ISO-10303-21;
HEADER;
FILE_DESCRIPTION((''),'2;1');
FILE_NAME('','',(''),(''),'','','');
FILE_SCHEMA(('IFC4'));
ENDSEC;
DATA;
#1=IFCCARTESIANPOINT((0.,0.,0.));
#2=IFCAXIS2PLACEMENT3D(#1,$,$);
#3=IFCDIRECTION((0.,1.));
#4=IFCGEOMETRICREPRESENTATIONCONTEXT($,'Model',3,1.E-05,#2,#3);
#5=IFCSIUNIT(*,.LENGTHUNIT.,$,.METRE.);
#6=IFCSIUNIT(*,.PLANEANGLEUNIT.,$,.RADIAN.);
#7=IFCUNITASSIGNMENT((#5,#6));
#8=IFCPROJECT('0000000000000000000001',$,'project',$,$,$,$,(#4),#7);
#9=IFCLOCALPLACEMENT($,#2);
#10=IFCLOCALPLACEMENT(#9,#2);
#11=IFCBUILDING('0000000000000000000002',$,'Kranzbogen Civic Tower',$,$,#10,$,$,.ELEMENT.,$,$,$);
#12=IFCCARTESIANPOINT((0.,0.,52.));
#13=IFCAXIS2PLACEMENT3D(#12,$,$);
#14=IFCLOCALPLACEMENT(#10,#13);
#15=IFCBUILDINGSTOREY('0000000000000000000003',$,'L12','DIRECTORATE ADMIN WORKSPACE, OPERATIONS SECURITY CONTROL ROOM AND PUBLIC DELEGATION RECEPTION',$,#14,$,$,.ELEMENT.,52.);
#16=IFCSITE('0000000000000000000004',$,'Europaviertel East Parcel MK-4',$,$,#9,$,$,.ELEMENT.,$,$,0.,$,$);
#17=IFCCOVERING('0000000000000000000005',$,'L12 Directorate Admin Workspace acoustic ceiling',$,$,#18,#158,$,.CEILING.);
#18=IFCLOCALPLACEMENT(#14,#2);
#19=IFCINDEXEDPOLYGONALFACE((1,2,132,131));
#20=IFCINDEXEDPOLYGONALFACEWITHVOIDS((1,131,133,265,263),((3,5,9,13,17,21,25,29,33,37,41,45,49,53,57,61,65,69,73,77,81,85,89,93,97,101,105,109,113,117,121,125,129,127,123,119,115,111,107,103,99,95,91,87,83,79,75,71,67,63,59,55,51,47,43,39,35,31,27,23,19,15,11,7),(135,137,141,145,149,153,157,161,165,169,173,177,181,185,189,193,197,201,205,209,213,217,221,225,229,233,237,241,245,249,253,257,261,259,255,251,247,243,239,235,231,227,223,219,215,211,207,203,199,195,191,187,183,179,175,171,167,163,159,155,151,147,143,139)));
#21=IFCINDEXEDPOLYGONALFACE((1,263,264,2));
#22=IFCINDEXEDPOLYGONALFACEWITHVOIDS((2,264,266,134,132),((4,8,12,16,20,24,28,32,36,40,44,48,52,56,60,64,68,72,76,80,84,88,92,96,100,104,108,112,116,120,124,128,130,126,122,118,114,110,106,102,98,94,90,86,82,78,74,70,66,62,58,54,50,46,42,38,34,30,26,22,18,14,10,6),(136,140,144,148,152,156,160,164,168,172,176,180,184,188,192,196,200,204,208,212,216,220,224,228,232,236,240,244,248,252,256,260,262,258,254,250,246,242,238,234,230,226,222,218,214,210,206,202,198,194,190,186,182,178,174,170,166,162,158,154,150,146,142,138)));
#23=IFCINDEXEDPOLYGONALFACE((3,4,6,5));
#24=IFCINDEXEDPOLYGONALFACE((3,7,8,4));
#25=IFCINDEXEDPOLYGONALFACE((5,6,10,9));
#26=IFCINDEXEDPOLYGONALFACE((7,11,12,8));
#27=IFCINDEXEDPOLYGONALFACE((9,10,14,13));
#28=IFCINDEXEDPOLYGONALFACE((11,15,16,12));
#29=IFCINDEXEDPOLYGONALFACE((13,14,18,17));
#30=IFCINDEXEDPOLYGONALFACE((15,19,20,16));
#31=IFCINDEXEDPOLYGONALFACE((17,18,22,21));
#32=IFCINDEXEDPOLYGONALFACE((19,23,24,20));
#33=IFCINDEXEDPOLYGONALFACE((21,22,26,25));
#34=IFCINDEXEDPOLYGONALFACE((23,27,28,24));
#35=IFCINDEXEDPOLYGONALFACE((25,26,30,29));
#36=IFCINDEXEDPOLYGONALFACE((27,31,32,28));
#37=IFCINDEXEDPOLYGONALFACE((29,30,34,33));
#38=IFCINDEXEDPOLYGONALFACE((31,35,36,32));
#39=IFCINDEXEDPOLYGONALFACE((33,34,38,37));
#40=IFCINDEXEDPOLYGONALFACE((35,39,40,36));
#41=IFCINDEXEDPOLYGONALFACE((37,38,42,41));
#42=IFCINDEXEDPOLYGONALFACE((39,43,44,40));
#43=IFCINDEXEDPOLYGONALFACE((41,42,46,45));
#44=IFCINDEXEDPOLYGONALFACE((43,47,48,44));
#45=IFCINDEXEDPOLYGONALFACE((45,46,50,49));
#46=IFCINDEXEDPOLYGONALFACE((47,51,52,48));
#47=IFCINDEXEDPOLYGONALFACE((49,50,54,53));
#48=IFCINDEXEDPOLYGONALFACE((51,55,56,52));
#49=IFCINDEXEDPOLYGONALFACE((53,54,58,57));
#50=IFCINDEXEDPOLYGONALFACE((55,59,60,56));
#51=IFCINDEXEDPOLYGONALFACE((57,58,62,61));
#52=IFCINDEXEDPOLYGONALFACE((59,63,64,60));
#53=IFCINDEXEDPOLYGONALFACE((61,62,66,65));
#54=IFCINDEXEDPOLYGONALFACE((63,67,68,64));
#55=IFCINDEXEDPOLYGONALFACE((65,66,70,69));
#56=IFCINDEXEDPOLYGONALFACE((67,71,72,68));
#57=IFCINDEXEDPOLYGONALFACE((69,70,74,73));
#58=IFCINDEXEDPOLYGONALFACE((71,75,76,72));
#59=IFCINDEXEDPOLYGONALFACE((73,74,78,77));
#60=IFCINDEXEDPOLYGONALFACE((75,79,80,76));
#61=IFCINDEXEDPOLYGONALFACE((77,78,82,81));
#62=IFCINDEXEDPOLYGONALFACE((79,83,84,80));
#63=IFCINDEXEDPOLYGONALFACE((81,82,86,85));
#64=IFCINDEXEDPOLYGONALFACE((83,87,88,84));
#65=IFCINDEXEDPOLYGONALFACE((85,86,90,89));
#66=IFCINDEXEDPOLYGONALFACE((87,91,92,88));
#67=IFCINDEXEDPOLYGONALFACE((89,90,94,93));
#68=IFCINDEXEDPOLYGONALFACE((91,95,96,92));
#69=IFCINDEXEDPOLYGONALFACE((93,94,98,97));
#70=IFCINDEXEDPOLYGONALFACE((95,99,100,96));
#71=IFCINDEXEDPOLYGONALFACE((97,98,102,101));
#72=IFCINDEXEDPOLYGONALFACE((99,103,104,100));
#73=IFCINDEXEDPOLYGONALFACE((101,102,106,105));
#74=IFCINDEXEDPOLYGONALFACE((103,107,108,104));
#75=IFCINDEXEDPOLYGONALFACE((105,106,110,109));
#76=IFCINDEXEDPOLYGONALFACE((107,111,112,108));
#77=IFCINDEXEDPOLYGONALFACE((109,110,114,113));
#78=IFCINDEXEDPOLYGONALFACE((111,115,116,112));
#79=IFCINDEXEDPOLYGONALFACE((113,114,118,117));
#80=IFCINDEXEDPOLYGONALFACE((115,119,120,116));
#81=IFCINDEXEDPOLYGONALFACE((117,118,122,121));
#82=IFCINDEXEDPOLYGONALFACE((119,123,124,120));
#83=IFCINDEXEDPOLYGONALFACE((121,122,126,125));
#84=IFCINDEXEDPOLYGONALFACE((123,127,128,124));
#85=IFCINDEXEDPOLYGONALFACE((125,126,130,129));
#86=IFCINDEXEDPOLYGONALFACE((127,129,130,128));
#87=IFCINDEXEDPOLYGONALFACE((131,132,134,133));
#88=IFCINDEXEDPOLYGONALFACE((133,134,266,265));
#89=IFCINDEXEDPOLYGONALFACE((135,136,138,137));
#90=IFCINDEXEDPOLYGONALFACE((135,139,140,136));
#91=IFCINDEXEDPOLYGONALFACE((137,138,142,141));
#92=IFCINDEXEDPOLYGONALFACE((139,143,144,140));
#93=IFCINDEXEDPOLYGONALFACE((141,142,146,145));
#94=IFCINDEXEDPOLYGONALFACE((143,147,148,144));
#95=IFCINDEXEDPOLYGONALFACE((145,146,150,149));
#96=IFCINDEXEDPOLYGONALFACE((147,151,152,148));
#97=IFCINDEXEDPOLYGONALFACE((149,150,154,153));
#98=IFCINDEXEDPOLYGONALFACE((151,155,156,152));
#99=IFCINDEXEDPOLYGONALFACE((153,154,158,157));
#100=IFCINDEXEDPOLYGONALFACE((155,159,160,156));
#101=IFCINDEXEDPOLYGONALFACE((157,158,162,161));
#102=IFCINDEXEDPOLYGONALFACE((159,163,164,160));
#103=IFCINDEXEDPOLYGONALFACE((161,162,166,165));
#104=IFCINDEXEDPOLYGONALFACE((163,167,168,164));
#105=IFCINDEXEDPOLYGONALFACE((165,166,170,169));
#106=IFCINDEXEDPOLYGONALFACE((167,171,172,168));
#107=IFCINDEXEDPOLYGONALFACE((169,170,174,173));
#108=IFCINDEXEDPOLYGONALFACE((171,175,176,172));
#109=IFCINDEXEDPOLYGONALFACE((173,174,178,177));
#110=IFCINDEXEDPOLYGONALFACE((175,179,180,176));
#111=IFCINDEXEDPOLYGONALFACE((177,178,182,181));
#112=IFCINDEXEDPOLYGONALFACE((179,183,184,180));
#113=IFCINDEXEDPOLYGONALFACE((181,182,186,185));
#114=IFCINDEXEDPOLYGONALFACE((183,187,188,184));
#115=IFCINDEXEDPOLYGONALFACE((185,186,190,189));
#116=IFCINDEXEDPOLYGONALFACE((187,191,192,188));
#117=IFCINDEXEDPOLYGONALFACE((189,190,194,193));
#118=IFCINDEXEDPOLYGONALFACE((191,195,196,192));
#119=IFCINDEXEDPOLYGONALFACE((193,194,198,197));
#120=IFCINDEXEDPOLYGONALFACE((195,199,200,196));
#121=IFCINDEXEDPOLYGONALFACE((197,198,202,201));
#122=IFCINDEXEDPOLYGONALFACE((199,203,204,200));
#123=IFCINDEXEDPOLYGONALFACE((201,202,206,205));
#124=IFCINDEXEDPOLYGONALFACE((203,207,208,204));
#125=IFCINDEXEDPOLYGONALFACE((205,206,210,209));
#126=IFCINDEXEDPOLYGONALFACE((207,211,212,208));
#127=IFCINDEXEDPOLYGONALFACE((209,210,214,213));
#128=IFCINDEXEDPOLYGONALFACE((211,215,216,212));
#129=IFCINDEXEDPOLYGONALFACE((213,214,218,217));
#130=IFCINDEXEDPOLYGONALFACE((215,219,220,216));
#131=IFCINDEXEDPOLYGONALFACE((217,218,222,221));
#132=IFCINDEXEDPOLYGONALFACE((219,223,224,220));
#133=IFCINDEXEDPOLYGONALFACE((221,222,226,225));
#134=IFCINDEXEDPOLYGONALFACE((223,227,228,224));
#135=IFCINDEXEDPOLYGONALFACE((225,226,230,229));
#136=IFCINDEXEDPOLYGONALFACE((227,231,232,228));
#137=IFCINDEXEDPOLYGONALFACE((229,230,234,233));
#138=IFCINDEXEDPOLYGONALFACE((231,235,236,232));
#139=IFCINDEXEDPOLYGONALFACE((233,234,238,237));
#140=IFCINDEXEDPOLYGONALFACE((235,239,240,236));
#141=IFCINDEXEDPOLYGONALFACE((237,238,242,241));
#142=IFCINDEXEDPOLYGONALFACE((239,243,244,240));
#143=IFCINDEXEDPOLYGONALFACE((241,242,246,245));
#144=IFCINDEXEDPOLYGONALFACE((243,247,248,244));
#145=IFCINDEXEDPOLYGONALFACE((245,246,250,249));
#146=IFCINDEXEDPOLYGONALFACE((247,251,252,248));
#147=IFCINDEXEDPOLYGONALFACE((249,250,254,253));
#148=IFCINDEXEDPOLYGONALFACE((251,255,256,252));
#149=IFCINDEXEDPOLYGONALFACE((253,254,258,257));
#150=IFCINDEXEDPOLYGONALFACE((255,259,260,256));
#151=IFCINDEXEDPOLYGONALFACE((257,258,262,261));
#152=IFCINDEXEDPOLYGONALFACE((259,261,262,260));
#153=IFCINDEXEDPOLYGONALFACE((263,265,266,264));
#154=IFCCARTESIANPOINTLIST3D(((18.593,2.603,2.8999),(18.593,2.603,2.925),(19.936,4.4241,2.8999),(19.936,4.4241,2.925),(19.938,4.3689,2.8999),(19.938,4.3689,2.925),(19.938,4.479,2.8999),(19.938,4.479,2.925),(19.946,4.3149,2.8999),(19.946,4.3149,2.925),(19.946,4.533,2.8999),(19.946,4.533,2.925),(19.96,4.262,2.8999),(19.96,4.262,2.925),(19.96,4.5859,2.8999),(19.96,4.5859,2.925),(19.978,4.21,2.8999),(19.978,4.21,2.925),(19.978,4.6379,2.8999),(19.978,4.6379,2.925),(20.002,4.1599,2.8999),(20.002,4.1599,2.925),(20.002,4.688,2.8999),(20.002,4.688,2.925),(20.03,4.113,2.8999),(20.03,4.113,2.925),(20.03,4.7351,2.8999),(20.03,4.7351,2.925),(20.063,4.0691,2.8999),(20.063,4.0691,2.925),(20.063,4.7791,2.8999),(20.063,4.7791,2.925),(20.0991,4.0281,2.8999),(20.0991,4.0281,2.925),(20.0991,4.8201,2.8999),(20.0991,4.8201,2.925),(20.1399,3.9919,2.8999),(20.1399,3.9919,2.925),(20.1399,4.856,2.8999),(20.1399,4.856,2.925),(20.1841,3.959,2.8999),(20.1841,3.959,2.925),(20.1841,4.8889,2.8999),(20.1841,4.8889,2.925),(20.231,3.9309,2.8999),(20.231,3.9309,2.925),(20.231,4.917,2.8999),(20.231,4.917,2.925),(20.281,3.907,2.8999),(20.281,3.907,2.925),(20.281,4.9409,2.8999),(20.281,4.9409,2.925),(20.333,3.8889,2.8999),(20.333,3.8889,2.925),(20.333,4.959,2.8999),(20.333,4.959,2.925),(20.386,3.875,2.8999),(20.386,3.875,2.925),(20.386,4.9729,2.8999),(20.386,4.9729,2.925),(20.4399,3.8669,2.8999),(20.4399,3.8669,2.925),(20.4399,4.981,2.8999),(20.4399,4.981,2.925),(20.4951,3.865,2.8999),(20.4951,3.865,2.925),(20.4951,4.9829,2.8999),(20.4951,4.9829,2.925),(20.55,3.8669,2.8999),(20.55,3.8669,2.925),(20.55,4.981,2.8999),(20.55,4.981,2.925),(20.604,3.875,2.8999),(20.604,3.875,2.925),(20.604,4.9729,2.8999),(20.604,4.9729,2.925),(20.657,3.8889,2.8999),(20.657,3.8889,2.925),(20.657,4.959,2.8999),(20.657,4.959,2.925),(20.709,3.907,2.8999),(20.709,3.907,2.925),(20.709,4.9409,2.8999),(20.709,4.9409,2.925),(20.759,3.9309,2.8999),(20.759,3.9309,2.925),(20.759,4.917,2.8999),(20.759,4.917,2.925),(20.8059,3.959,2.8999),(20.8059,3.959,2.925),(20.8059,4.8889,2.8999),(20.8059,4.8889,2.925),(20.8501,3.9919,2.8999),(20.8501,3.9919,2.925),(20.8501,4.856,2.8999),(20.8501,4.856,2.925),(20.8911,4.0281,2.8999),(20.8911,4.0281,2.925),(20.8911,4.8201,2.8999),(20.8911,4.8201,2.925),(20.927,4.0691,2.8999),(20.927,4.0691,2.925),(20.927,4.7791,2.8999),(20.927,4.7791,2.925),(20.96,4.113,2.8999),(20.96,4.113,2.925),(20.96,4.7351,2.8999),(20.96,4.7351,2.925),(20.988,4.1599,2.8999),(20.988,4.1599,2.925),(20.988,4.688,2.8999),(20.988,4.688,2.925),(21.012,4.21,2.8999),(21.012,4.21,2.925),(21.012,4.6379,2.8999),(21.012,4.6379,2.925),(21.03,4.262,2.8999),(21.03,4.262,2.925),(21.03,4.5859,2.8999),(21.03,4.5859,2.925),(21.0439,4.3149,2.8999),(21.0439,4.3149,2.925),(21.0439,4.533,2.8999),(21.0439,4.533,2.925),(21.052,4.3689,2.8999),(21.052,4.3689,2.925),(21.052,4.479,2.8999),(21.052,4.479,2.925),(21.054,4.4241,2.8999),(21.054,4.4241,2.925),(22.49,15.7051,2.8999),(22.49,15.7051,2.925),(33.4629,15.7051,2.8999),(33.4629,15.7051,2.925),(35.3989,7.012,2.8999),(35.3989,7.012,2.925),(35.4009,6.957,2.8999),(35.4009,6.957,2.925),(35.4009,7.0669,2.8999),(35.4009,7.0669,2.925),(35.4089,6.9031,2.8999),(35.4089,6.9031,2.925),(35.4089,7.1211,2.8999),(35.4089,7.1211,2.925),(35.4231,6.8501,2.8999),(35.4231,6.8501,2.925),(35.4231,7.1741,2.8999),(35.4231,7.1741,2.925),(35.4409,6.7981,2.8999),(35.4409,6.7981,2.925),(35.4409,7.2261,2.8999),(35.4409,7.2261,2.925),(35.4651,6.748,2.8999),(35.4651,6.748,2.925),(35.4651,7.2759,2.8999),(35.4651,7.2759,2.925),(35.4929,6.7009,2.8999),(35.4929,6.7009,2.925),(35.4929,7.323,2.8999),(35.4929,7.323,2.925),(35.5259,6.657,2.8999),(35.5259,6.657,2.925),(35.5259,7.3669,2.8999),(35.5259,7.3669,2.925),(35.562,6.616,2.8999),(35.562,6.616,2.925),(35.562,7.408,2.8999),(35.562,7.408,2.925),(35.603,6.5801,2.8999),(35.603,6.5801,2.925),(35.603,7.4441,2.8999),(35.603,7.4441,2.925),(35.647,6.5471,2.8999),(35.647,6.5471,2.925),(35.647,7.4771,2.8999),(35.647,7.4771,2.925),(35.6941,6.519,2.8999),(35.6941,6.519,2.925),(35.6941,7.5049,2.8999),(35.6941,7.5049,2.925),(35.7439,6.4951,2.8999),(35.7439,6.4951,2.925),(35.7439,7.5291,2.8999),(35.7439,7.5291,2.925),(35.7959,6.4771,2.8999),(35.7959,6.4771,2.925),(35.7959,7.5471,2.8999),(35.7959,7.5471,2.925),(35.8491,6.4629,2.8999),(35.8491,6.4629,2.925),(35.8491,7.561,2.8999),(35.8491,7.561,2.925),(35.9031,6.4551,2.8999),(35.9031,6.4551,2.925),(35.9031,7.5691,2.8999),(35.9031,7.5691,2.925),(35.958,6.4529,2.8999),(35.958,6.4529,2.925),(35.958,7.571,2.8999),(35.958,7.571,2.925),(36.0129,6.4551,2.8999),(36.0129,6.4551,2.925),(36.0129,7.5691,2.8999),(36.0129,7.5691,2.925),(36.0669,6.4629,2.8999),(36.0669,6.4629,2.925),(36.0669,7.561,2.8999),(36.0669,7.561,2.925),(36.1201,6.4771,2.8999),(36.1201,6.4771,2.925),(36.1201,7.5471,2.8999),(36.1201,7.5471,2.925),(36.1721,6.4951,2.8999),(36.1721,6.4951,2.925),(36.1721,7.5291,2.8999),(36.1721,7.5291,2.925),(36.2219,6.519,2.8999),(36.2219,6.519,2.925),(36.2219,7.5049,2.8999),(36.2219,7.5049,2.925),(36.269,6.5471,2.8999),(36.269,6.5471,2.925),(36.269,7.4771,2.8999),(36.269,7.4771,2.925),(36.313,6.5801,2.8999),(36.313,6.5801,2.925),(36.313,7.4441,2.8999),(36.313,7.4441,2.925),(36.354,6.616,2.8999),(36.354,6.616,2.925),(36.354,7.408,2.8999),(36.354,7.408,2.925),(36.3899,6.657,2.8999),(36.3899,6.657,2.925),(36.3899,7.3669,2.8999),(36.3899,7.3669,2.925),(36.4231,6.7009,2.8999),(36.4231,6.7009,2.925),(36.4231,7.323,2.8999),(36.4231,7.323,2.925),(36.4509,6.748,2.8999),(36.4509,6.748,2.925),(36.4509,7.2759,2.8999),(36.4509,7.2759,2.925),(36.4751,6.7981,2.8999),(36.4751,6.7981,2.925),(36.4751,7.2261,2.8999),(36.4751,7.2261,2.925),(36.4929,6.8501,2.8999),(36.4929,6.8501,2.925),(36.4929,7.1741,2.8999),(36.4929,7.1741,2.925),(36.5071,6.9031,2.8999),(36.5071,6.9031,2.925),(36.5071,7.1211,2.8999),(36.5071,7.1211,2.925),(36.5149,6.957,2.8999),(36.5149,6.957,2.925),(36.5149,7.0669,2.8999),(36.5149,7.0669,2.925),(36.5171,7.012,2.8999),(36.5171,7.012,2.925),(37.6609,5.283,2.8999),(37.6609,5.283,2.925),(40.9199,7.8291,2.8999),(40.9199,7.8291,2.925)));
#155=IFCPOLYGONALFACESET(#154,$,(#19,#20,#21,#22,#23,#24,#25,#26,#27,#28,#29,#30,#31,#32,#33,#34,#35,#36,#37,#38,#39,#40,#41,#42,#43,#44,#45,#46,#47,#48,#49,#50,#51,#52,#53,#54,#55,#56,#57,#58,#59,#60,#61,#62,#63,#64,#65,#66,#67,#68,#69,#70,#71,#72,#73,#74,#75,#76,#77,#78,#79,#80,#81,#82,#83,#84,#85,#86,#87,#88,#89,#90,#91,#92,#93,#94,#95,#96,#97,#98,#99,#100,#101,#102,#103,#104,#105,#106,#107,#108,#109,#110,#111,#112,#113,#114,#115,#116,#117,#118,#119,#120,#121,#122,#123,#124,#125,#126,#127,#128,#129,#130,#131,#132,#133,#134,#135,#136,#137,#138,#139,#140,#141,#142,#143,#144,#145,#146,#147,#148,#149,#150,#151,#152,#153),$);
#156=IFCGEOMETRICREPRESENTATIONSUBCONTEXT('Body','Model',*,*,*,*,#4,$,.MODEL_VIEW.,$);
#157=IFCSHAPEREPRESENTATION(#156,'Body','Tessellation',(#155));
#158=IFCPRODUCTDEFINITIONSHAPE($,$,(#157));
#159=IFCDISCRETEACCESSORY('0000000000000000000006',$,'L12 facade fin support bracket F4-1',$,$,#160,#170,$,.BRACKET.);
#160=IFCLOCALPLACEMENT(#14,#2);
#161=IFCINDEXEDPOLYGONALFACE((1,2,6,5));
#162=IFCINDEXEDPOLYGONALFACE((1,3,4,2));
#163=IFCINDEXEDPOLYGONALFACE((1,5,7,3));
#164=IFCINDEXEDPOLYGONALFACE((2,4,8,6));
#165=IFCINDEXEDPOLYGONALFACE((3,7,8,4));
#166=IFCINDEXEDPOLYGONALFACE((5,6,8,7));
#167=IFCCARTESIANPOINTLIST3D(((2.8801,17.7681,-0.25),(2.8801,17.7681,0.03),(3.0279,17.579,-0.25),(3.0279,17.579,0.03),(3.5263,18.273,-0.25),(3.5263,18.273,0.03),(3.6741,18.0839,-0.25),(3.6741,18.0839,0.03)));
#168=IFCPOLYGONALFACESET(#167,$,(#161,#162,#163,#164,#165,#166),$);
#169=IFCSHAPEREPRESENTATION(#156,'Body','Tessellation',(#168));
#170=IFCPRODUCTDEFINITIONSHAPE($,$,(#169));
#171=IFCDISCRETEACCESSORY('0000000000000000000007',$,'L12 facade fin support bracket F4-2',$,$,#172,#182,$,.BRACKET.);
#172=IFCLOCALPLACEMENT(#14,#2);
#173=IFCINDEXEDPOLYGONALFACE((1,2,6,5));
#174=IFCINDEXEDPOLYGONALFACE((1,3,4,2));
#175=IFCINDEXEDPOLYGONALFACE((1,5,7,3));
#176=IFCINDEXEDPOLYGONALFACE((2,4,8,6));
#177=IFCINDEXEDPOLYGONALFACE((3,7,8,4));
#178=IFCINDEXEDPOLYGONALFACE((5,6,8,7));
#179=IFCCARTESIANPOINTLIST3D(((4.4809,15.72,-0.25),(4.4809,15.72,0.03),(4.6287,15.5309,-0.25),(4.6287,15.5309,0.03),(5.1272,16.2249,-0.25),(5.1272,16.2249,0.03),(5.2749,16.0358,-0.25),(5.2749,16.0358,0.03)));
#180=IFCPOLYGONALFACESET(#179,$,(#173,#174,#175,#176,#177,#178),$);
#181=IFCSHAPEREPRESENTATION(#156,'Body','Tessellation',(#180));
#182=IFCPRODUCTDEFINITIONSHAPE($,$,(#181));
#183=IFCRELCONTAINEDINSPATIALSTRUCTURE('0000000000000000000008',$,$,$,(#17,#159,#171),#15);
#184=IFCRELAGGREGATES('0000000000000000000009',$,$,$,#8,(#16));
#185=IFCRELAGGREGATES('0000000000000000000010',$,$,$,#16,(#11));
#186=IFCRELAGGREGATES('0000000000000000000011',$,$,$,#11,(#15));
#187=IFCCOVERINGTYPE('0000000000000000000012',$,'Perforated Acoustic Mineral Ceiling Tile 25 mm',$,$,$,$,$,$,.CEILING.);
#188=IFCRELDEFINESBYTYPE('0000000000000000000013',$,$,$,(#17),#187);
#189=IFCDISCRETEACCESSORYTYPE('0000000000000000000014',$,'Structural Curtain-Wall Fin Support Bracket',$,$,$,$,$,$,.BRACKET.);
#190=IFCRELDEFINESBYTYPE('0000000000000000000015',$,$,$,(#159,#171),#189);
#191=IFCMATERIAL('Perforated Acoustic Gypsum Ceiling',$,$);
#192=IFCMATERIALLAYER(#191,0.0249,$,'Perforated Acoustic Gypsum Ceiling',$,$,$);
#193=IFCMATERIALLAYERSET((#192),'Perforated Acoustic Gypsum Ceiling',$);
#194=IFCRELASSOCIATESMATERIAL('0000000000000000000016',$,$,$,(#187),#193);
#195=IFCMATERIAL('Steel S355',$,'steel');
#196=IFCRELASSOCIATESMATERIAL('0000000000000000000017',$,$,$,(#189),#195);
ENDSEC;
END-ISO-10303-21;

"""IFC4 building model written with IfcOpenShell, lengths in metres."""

from ifc_helpers import new_model, si_unit, direction, frame, origin, origin_2d, place, context, subcontext, project, spatial, polyline, rectangle, outline, extrude, material, layer, layer_set, type_object, element, save


model = new_model("IFC4")

# Units and contexts
model_context = context("Model", 3, precision=1e-05, world=origin(), true_north=direction((0.0, 1.0)))
body_context = subcontext(model_context, "Body", "Model", "MODEL_VIEW")
ifc_project = project(units=[si_unit("LENGTHUNIT", "METRE"), si_unit("PLANEANGLEUNIT", "RADIAN")], contexts=[model_context])

# Site, building, storey
site_placement = place(None, origin())
site = spatial("IfcSite", under=ifc_project, at=site_placement, Name="Europaviertel East Parcel MK-4", CompositionType="ELEMENT", RefElevation=0.0)
building_placement = place(site_placement, origin())
building = spatial("IfcBuilding", under=site, at=building_placement, Name="Kranzbogen Civic Tower", CompositionType="ELEMENT")
storey_placement = place(building_placement, frame((0.0, 0.0, 52.0)))
storey = spatial("IfcBuildingStorey", under=building, at=storey_placement, Name="L12", Description="DIRECTORATE ADMIN WORKSPACE, OPERATIONS SECURITY CONTROL ROOM AND PUBLIC DELEGATION RECEPTION", CompositionType="ELEMENT", Elevation=52.0)

# Shared definitions
ifc_material_1 = material(Name="Steel S355", Category="steel")

# Covering
ifc_material_2 = material(Name="Perforated Acoustic Gypsum Ceiling")
ifc_layer_1 = layer(ifc_material_2, 0.0249, Name="Perforated Acoustic Gypsum Ceiling")
ifc_layer_set_1 = layer_set([ifc_layer_1], Name="Perforated Acoustic Gypsum Ceiling")
covering_type_1 = type_object("IfcCoveringType", Name="Perforated Acoustic Mineral Ceiling Tile 25 mm", PredefinedType="CEILING", material=ifc_layer_set_1)
covering_1_placement = place(storey_placement, frame((0.0, 0.0, 2.8999)))
element("IfcCovering", 1, at=covering_1_placement, inside=storey, type_object=covering_type_1, Name="L12 Directorate Admin Workspace acoustic ceiling", PredefinedType="CEILING", context=body_context, shape_type="SweptSolid", body=[
    extrude(outline(polyline([(18.593, 2.603), (22.49, 15.7051), (33.4629, 15.7051), (40.9199, 7.8291), (37.6609, 5.283), (18.593, 2.603)]), holes=[polyline([(21.012, 4.21), (20.988, 4.1599), (20.96, 4.113), (20.927, 4.0691), (20.8911, 4.0281), (20.8501, 3.9919), (20.8059, 3.959), (20.759, 3.9309), (20.709, 3.907), (20.657, 3.8889), (20.604, 3.875), (20.55, 3.8669), (20.4951, 3.865), (20.4399, 3.8669), (20.386, 3.875), (20.333, 3.8889), (20.281, 3.907), (20.231, 3.9309), (20.1841, 3.959), (20.1399, 3.9919), (20.0991, 4.0281), (20.063, 4.0691), (20.03, 4.113), (20.002, 4.1599), (19.978, 4.21), (19.96, 4.262), (19.946, 4.3149), (19.938, 4.3689), (19.936, 4.4241), (19.938, 4.479), (19.946, 4.533), (19.96, 4.5859), (19.978, 4.6379), (20.002, 4.688), (20.03, 4.7351), (20.063, 4.7791), (20.0991, 4.8201), (20.1399, 4.856), (20.1841, 4.8889), (20.231, 4.917), (20.281, 4.9409), (20.333, 4.959), (20.386, 4.9729), (20.4399, 4.981), (20.4951, 4.9829), (20.55, 4.981), (20.604, 4.9729), (20.657, 4.959), (20.709, 4.9409), (20.759, 4.917), (20.8059, 4.8889), (20.8501, 4.856), (20.8911, 4.8201), (20.927, 4.7791), (20.96, 4.7351), (20.988, 4.688), (21.012, 4.6379), (21.03, 4.5859), (21.0439, 4.533), (21.052, 4.479), (21.054, 4.4241), (21.052, 4.3689), (21.0439, 4.3149), (21.03, 4.262), (21.012, 4.21)]), polyline([(36.4751, 6.7981), (36.4509, 6.748), (36.4231, 6.7009), (36.3899, 6.657), (36.354, 6.616), (36.313, 6.5801), (36.269, 6.5471), (36.2219, 6.519), (36.1721, 6.4951), (36.1201, 6.4771), (36.0669, 6.4629), (36.0129, 6.4551), (35.958, 6.4529), (35.9031, 6.4551), (35.8491, 6.4629), (35.7959, 6.4771), (35.7439, 6.4951), (35.6941, 6.519), (35.647, 6.5471), (35.603, 6.5801), (35.562, 6.616), (35.5259, 6.657), (35.4929, 6.7009), (35.4651, 6.748), (35.4409, 6.7981), (35.4231, 6.8501), (35.4089, 6.9031), (35.4009, 6.957), (35.3989, 7.012), (35.4009, 7.0669), (35.4089, 7.1211), (35.4231, 7.1741), (35.4409, 7.2261), (35.4651, 7.2759), (35.4929, 7.323), (35.5259, 7.3669), (35.562, 7.408), (35.603, 7.4441), (35.647, 7.4771), (35.6941, 7.5049), (35.7439, 7.5291), (35.7959, 7.5471), (35.8491, 7.561), (35.9031, 7.5691), (35.958, 7.571), (36.0129, 7.5691), (36.0669, 7.561), (36.1201, 7.5471), (36.1721, 7.5291), (36.2219, 7.5049), (36.269, 7.4771), (36.313, 7.4441), (36.354, 7.408), (36.3899, 7.3669), (36.4231, 7.323), (36.4509, 7.2759), (36.4751, 7.2261), (36.4929, 7.1741), (36.5071, 7.1211), (36.5149, 7.0669), (36.5171, 7.012), (36.5149, 6.957), (36.5071, 6.9031), (36.4929, 6.8501), (36.4751, 6.7981)])]), origin(), (0.0, 0.0, 1.0), 0.0251),
])

# Discrete accessories
discrete_accessory_type = type_object("IfcDiscreteAccessoryType", Name="Structural Curtain-Wall Fin Support Bracket", PredefinedType="BRACKET", material=ifc_material_1)
for number, where, z_axis, x_axis, name in (
    (2, (3.2771, 17.926, -0.25), (0.0, 0.0, 1.0), (-0.788011, -0.615661, 0.0), "L12 facade fin support bracket F4-1"),
    (3, (4.8779, 15.8779, -0.25), (0.0, 0.0, 1.0), (-0.788011, -0.615661, 0.0), "L12 facade fin support bracket F4-2"),
):
    element("IfcDiscreteAccessory", number, at=place(storey_placement, frame(where, z_axis=z_axis, x_axis=x_axis)), inside=storey, type_object=discrete_accessory_type, Name=name, PredefinedType="BRACKET", context=body_context, shape_type="SweptSolid", body=[
        extrude(rectangle(XDim=0.8201, YDim=0.24, at=origin_2d()), origin(), (0.0, 0.0, 1.0), 0.28),
    ])

save(model, "model.ifc")
